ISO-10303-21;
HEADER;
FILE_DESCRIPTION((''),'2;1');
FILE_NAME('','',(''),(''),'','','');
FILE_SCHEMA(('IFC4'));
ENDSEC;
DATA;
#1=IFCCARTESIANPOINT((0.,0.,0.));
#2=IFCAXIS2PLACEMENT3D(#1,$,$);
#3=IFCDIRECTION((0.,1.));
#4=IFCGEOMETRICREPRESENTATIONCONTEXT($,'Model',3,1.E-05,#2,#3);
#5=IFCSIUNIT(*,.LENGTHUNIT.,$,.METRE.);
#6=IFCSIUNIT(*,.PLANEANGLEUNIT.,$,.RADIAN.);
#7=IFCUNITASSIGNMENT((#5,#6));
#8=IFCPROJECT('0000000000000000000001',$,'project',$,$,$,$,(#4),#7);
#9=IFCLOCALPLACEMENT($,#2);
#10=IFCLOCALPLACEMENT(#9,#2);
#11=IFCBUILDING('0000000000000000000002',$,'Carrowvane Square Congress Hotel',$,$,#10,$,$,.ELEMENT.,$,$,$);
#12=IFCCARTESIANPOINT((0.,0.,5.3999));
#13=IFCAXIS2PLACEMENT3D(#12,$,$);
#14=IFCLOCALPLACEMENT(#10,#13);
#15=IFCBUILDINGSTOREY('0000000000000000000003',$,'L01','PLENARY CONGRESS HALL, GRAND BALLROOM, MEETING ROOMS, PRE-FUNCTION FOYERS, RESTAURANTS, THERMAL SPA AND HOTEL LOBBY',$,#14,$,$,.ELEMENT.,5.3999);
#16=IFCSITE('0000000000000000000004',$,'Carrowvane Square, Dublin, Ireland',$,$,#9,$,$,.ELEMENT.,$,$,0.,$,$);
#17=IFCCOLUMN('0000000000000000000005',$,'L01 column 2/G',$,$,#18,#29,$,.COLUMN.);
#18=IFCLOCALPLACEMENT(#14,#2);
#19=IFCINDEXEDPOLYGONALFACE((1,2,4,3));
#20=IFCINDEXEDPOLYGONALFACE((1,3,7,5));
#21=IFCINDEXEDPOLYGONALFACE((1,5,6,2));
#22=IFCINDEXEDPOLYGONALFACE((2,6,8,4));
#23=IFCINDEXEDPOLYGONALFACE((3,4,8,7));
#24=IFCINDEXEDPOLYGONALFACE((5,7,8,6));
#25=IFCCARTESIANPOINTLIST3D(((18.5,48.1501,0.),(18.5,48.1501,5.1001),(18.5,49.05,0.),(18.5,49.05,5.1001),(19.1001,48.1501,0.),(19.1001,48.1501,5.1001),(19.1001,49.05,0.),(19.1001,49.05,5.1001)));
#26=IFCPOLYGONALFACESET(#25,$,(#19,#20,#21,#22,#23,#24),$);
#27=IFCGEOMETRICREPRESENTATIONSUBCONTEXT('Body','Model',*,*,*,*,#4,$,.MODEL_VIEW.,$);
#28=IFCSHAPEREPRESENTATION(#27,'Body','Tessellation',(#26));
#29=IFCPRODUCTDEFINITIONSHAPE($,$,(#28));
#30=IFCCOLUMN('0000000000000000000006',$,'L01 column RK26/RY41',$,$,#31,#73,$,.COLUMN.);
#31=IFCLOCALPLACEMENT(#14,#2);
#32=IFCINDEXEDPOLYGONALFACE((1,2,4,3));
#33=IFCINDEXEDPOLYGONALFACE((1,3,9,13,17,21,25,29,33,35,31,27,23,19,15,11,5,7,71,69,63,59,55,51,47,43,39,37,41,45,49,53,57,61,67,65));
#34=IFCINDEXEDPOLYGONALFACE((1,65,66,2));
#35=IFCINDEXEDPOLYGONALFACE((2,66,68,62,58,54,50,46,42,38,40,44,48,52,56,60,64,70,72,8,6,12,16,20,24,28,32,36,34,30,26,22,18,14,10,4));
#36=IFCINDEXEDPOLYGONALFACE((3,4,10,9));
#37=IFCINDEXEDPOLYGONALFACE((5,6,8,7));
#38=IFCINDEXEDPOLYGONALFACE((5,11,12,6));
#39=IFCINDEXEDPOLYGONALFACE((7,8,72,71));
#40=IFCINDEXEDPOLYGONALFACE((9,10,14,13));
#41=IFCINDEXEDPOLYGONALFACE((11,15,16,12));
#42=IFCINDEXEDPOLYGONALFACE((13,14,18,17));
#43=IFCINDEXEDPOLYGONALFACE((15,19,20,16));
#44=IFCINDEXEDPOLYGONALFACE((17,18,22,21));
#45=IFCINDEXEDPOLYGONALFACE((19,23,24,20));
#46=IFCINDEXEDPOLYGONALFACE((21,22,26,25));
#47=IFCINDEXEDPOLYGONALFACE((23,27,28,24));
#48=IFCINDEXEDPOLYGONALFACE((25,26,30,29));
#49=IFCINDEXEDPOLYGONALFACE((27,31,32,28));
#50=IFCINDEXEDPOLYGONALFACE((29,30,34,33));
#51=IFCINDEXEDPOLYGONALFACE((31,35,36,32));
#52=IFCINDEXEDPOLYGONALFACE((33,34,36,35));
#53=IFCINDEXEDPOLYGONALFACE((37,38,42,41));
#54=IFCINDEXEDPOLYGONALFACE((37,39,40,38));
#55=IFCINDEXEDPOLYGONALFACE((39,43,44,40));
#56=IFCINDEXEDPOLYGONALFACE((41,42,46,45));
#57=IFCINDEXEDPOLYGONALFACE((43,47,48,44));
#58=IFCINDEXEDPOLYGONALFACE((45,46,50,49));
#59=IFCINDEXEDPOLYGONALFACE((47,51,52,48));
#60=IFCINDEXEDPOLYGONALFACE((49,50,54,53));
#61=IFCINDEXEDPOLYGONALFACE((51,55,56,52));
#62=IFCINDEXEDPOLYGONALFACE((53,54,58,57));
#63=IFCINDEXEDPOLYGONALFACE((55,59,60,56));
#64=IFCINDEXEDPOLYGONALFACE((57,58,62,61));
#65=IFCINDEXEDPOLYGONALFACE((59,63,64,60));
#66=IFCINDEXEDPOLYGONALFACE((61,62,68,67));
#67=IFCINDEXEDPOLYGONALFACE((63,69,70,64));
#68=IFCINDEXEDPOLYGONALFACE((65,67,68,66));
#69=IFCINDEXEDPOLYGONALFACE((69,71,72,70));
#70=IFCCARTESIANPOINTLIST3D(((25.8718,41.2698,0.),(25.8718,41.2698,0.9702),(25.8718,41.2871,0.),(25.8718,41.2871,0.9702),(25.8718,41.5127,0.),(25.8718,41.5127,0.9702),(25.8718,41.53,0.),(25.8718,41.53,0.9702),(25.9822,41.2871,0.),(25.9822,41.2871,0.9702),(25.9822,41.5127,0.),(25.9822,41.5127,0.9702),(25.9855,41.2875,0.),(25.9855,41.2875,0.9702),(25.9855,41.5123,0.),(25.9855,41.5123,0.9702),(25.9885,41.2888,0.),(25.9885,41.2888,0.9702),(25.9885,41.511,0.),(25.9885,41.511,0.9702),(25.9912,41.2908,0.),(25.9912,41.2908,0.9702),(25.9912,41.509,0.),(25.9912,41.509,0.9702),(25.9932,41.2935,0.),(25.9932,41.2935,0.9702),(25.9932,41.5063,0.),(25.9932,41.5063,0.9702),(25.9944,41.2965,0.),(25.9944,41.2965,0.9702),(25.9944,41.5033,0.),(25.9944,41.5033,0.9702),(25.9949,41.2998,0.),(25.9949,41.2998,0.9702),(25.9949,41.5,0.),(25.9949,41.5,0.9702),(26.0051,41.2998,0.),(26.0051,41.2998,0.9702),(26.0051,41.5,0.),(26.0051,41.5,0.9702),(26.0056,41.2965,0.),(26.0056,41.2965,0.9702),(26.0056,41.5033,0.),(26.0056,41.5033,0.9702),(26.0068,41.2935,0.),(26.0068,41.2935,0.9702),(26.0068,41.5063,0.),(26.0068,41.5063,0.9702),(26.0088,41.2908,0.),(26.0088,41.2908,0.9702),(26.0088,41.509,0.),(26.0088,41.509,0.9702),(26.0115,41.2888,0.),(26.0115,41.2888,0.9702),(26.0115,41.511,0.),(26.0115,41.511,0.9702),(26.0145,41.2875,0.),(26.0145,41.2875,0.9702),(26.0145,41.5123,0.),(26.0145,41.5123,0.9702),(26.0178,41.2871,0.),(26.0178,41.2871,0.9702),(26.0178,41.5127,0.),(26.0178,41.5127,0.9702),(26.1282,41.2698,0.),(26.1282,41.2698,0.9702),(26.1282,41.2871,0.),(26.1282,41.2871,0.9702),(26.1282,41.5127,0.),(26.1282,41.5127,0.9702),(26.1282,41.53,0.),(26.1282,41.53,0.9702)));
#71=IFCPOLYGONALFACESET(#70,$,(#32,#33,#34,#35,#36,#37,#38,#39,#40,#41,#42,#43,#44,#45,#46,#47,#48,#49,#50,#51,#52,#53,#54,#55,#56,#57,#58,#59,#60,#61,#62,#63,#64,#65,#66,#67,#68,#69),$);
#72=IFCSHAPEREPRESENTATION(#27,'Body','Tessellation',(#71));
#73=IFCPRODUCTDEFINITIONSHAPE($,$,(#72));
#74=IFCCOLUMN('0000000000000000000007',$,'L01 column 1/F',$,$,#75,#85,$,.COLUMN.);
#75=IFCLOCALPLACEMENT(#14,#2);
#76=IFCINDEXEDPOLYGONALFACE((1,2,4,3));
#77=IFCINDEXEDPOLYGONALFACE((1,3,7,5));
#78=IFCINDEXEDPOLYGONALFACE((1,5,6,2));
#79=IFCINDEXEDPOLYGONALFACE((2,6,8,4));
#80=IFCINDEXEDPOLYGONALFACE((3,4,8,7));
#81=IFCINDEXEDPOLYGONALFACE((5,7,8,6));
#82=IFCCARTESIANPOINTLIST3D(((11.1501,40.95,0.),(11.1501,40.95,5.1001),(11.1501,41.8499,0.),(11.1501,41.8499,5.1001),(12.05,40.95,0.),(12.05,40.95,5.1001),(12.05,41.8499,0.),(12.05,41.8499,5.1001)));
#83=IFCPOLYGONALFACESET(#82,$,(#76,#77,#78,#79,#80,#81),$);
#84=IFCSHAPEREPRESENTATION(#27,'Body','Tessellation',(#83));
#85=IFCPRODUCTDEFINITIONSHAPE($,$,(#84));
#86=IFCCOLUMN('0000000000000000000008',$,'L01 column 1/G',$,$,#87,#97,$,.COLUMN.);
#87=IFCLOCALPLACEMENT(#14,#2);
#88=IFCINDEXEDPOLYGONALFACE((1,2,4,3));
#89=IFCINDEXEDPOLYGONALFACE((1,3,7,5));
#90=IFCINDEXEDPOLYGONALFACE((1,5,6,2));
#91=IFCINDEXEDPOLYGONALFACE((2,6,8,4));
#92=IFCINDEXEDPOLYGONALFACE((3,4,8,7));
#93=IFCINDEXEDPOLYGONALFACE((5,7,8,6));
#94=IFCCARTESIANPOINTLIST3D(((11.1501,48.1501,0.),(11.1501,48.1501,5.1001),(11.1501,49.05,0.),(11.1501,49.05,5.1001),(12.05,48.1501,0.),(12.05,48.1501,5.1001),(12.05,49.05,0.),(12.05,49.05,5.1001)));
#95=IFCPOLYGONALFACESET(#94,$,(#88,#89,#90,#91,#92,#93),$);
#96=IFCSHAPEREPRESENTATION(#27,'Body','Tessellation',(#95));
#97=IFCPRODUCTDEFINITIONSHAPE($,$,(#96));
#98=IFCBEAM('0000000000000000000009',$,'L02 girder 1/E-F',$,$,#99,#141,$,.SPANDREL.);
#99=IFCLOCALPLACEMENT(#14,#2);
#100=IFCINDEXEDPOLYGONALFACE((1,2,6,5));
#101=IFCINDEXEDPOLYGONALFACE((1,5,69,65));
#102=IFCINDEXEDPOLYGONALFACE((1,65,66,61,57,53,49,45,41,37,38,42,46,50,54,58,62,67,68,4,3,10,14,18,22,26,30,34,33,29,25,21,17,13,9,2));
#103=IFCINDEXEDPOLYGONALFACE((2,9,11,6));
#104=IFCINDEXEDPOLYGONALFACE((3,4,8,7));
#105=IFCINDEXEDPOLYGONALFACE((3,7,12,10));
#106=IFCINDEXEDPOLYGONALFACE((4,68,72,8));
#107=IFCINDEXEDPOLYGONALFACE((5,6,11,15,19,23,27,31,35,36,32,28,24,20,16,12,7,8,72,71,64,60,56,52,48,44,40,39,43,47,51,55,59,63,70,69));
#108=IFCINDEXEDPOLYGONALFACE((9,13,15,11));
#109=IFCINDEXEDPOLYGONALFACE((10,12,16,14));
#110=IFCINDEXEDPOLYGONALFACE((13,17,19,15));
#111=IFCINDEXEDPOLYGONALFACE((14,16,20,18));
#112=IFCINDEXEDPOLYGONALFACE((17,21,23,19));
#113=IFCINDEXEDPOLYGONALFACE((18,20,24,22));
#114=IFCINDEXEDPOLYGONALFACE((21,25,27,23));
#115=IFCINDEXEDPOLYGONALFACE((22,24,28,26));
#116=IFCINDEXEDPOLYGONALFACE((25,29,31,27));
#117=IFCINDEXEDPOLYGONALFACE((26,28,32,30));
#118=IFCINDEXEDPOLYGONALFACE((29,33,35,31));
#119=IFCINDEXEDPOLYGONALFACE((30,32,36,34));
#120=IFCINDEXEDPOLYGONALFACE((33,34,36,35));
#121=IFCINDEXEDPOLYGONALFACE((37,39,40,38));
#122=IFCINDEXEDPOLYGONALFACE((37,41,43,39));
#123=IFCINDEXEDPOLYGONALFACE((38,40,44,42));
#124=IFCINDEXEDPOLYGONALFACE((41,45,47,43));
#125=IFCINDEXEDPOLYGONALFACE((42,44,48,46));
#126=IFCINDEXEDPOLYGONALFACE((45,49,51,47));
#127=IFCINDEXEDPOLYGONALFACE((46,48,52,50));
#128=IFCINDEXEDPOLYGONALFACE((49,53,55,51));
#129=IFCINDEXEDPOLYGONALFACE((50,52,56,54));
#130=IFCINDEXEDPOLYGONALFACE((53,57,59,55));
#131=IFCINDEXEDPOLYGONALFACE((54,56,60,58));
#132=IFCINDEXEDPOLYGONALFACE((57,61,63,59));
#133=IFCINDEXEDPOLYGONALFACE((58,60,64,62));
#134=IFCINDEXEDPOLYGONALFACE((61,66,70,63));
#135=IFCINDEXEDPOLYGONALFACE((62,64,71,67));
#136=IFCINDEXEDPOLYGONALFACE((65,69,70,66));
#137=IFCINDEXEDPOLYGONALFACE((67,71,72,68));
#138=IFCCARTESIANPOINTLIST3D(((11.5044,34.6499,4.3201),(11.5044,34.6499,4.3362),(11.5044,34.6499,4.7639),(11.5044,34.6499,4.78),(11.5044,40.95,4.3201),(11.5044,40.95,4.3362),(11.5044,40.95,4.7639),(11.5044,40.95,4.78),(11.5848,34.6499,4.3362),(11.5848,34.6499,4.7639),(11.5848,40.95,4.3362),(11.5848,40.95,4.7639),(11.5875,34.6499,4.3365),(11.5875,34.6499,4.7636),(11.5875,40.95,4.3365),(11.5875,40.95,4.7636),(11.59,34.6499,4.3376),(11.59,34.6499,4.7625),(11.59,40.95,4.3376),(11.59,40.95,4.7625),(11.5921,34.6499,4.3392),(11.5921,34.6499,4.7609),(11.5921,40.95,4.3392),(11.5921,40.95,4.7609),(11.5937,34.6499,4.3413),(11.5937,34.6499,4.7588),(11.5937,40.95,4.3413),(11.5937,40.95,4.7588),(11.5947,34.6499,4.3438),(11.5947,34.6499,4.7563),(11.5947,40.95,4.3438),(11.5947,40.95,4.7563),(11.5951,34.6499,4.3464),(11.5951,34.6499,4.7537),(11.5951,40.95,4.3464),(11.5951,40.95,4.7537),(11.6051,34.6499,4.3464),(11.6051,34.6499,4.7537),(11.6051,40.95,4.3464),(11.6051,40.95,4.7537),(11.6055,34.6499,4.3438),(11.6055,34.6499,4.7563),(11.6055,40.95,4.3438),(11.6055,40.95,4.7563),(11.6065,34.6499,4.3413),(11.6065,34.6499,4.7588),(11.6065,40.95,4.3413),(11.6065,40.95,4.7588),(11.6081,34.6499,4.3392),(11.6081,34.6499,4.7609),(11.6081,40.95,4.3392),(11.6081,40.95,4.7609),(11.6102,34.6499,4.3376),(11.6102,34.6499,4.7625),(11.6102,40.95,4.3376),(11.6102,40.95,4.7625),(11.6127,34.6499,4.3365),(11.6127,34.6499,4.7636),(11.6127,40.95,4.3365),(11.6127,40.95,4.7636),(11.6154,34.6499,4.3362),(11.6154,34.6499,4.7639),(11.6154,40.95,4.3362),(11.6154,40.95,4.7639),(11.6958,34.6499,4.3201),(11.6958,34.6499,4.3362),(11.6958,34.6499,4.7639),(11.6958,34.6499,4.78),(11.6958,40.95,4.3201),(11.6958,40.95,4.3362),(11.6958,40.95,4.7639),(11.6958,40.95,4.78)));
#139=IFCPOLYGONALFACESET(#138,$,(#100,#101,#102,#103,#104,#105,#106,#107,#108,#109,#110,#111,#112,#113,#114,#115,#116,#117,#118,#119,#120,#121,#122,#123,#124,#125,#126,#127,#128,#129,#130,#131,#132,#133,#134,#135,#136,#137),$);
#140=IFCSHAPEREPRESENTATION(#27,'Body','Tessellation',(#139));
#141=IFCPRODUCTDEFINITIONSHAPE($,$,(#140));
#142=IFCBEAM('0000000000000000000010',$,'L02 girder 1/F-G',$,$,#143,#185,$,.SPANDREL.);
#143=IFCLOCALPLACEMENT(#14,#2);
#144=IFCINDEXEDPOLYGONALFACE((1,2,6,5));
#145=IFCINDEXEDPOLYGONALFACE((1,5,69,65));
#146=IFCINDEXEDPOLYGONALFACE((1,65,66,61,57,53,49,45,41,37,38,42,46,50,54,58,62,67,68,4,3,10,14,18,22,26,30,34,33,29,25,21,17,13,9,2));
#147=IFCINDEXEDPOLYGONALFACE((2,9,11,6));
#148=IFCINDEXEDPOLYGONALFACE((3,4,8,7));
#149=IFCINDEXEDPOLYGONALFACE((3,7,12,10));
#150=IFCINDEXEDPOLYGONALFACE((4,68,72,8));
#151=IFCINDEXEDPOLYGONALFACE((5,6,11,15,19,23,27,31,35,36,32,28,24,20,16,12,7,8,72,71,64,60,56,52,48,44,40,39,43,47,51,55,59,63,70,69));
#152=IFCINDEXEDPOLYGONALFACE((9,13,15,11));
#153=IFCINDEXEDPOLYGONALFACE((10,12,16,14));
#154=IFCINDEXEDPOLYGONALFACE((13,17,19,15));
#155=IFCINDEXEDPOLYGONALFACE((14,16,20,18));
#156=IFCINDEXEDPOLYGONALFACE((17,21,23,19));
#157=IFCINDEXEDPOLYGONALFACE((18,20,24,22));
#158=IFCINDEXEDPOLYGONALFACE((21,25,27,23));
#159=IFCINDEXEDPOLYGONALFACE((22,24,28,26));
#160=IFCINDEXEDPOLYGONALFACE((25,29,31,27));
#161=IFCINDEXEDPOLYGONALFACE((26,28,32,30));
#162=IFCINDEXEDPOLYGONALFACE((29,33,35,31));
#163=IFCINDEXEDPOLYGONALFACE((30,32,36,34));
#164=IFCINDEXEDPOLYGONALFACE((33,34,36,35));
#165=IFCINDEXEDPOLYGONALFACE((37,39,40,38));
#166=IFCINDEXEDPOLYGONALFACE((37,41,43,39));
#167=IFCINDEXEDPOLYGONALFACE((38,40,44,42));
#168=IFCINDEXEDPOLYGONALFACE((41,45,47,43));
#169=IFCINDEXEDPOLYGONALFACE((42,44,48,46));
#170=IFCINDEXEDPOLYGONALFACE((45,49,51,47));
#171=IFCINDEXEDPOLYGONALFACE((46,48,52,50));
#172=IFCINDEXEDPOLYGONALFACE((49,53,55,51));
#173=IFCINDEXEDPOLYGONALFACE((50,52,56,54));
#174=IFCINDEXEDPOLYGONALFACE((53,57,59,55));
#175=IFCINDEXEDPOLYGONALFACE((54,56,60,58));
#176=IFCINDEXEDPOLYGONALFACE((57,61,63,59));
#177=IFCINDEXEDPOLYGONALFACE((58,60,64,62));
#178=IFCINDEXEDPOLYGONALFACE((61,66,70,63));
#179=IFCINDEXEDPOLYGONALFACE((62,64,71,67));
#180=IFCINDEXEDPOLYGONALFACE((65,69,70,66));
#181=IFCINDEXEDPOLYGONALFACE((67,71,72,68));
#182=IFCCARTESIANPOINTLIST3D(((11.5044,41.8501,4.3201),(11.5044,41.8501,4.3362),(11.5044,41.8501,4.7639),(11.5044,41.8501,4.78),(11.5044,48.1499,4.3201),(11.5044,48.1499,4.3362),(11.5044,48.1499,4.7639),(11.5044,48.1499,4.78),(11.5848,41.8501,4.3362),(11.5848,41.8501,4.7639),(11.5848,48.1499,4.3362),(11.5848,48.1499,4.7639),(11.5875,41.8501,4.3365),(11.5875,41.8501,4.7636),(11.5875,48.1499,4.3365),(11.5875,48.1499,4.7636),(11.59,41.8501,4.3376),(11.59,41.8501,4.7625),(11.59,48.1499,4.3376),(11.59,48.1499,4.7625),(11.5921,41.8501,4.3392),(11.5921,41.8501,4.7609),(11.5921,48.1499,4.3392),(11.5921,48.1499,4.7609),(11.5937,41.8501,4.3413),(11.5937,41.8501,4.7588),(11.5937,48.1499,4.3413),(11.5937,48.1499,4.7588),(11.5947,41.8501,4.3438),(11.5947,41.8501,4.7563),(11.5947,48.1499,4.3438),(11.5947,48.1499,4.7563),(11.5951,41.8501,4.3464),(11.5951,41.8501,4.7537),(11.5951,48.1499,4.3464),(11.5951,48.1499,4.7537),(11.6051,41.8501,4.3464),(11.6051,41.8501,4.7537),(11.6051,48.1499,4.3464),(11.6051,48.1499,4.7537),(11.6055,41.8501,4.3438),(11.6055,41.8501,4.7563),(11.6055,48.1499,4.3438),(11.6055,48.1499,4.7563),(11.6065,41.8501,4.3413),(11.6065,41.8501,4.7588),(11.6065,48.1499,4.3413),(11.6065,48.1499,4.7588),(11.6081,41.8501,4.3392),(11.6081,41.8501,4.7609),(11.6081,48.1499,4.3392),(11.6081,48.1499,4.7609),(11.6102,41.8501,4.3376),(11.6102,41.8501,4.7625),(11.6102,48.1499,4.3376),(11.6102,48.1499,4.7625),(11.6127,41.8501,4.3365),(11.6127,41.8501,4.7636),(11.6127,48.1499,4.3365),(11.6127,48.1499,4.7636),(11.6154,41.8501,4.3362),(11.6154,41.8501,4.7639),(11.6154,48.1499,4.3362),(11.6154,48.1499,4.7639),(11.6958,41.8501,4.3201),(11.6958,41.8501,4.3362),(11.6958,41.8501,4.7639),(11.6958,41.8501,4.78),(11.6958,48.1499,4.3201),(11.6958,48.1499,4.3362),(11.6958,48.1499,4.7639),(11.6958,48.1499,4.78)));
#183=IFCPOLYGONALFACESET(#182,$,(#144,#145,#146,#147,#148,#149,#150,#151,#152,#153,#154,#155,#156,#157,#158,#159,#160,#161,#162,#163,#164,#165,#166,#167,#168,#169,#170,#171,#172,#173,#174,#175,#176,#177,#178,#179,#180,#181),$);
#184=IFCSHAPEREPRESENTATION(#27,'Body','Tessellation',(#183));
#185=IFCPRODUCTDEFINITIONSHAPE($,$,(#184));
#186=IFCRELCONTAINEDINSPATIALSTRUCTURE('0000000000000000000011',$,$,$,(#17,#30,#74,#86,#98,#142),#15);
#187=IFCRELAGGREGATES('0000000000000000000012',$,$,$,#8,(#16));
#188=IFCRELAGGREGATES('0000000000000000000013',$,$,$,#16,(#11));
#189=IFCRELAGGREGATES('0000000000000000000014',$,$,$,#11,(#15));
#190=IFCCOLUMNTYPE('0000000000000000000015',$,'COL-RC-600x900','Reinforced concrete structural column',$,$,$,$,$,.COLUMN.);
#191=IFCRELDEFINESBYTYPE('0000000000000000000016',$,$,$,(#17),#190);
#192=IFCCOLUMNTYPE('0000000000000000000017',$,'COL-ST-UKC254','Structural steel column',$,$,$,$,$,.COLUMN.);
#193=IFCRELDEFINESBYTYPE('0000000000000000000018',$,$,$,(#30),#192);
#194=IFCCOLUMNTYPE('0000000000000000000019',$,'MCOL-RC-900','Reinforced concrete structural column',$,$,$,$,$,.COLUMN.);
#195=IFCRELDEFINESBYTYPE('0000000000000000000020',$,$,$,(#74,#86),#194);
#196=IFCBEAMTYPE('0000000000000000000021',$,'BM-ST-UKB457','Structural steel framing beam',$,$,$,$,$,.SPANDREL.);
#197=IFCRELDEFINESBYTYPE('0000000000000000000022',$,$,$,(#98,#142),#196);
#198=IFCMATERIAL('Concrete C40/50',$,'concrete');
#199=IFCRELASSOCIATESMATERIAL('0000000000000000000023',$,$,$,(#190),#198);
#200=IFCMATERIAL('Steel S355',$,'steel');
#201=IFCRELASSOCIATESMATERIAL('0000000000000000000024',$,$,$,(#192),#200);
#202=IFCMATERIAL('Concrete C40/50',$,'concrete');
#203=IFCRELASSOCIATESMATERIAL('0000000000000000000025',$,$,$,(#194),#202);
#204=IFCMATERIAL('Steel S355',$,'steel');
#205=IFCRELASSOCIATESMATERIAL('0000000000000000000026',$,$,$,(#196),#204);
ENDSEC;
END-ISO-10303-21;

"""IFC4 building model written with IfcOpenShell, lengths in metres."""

from ifc_helpers import new_model, si_unit, direction, frame, origin, origin_2d, place, context, subcontext, project, spatial, rectangle, i_section, extrude, material, material_profile, profile_set, type_object, element, save


model = new_model("IFC4")

# Units and contexts
model_context = context("Model", 3, precision=1e-05, world=origin(), true_north=direction((0.0, 1.0)))
body_context = subcontext(model_context, "Body", "Model", "MODEL_VIEW")
ifc_project = project(units=[si_unit("LENGTHUNIT", "METRE"), si_unit("PLANEANGLEUNIT", "RADIAN")], contexts=[model_context])

# Site, building, storey
site_placement = place(None, origin())
site = spatial("IfcSite", under=ifc_project, at=site_placement, Name="Carrowvane Square, Dublin, Ireland", CompositionType="ELEMENT", RefElevation=0.0)
building_placement = place(site_placement, origin())
building = spatial("IfcBuilding", under=site, at=building_placement, Name="Carrowvane Square Congress Hotel", CompositionType="ELEMENT")
storey_placement = place(building_placement, frame((0.0, 0.0, 5.3999)))
storey = spatial("IfcBuildingStorey", under=building, at=storey_placement, Name="L01", Description="PLENARY CONGRESS HALL, GRAND BALLROOM, MEETING ROOMS, PRE-FUNCTION FOYERS, RESTAURANTS, THERMAL SPA AND HOTEL LOBBY", CompositionType="ELEMENT", Elevation=5.3999)

# Columns
ifc_material_1 = material(Name="Concrete C40/50", Category="concrete")
ifc_material_profile_1 = material_profile(ifc_material_1, rectangle(XDim=0.6001, YDim=0.8999, at=origin_2d()), Name="RC 600x900")
ifc_profile_set_1 = profile_set([ifc_material_profile_1], Name="Concrete C40/50")
column_type_1 = type_object("IfcColumnType", Name="COL-RC-600x900", Description="Reinforced concrete structural column", PredefinedType="COLUMN", material=ifc_profile_set_1)
column_1_placement = place(storey_placement, frame((18.8, 48.6001, 0.0), z_axis=(0.0, 0.0, 1.0), x_axis=(1.0, 0.0, 0.0)))
element("IfcColumn", 1, at=column_1_placement, inside=storey, type_object=column_type_1, Name="L01 column 2/G", PredefinedType="COLUMN", context=body_context, shape_type="SweptSolid", body=[
    extrude(rectangle(XDim=0.6001, YDim=0.8999, at=origin_2d()), origin(), (0.0, 0.0, 1.0), 5.1001),
])
ifc_material_2 = material(Name="Steel S355", Category="steel")
ifc_material_profile_2 = material_profile(ifc_material_2, i_section(OverallWidth=0.2563, OverallDepth=0.2603, WebThickness=0.0103, FlangeThickness=0.0173, FilletRadius=0.0127, at=origin_2d()), Name="UKC 254x254x89")
ifc_profile_set_2 = profile_set([ifc_material_profile_2], Name="Steel S355")
column_type_2 = type_object("IfcColumnType", Name="COL-ST-UKC254", Description="Structural steel column", PredefinedType="COLUMN", material=ifc_profile_set_2)
column_2_placement = place(storey_placement, frame((26.0, 41.3999, 0.0), z_axis=(0.0, 0.0, 1.0), x_axis=(1.0, 0.0, 0.0)))
element("IfcColumn", 2, at=column_2_placement, inside=storey, type_object=column_type_2, Name="L01 column RK26/RY41", PredefinedType="COLUMN", context=body_context, shape_type="SweptSolid", body=[
    extrude(i_section(OverallWidth=0.2563, OverallDepth=0.2603, WebThickness=0.0103, FlangeThickness=0.0173, FilletRadius=0.0127, at=origin_2d()), origin(), (0.0, 0.0, 1.0), 0.9702),
])
ifc_material_3 = material(Name="Concrete C40/50", Category="concrete")
ifc_material_profile_3 = material_profile(ifc_material_3, rectangle(XDim=0.8999, YDim=0.8999, at=origin_2d()), Name="RC 900x900")
ifc_profile_set_3 = profile_set([ifc_material_profile_3], Name="Concrete C40/50")
column_type_3 = type_object("IfcColumnType", Name="MCOL-RC-900", Description="Reinforced concrete structural column", PredefinedType="COLUMN", material=ifc_profile_set_3)
for number, where, z_axis, x_axis, name in (
    (3, (11.6001, 41.3999, 0.0), (0.0, 0.0, 1.0), (1.0, 0.0, 0.0), "L01 column 1/F"),
    (4, (11.6001, 48.6001, 0.0), (0.0, 0.0, 1.0), (1.0, 0.0, 0.0), "L01 column 1/G"),
):
    element("IfcColumn", number, at=place(storey_placement, frame(where, z_axis=z_axis, x_axis=x_axis)), inside=storey, type_object=column_type_3, Name=name, PredefinedType="COLUMN", context=body_context, shape_type="SweptSolid", body=[
        extrude(rectangle(XDim=0.8999, YDim=0.8999, at=origin_2d()), origin(), (0.0, 0.0, 1.0), 5.1001),
    ])

# Beams
ifc_material_4 = material(Name="Steel S355", Category="steel")
ifc_material_profile_4 = material_profile(ifc_material_4, i_section(OverallWidth=0.1914, OverallDepth=0.46, WebThickness=0.01, FlangeThickness=0.0161, FilletRadius=0.0103, at=origin_2d()), Name="UKB 457x191x82")
ifc_profile_set_4 = profile_set([ifc_material_profile_4], Name="Steel S355")
beam_type_1 = type_object("IfcBeamType", Name="BM-ST-UKB457", Description="Structural steel framing beam", PredefinedType="SPANDREL", material=ifc_profile_set_4)
beam_1_placement = place(storey_placement, frame((11.6001, 34.6499, 4.55), z_axis=(0.0, 1.0, 0.0), x_axis=(-1.0, 0.0, 0.0)))
element("IfcBeam", 5, at=beam_1_placement, inside=storey, type_object=beam_type_1, Name="L02 girder 1/E-F", PredefinedType="SPANDREL", context=body_context, shape_type="SweptSolid", body=[
    extrude(i_section(OverallWidth=0.1914, OverallDepth=0.46, WebThickness=0.01, FlangeThickness=0.0161, FilletRadius=0.0103, at=origin_2d()), origin(), (0.0, 0.0, 1.0), 6.3),
])
beam_2_placement = place(storey_placement, frame((11.6001, 41.8501, 4.55), z_axis=(0.0, 1.0, 0.0), x_axis=(-1.0, 0.0, 0.0)))
element("IfcBeam", 6, at=beam_2_placement, inside=storey, type_object=beam_type_1, Name="L02 girder 1/F-G", PredefinedType="SPANDREL", context=body_context, shape_type="SweptSolid", body=[
    extrude(i_section(OverallWidth=0.1914, OverallDepth=0.46, WebThickness=0.01, FlangeThickness=0.0161, FilletRadius=0.0103, at=origin_2d()), origin(), (0.0, 0.0, 1.0), 6.2998),
])

save(model, "model.ifc")
